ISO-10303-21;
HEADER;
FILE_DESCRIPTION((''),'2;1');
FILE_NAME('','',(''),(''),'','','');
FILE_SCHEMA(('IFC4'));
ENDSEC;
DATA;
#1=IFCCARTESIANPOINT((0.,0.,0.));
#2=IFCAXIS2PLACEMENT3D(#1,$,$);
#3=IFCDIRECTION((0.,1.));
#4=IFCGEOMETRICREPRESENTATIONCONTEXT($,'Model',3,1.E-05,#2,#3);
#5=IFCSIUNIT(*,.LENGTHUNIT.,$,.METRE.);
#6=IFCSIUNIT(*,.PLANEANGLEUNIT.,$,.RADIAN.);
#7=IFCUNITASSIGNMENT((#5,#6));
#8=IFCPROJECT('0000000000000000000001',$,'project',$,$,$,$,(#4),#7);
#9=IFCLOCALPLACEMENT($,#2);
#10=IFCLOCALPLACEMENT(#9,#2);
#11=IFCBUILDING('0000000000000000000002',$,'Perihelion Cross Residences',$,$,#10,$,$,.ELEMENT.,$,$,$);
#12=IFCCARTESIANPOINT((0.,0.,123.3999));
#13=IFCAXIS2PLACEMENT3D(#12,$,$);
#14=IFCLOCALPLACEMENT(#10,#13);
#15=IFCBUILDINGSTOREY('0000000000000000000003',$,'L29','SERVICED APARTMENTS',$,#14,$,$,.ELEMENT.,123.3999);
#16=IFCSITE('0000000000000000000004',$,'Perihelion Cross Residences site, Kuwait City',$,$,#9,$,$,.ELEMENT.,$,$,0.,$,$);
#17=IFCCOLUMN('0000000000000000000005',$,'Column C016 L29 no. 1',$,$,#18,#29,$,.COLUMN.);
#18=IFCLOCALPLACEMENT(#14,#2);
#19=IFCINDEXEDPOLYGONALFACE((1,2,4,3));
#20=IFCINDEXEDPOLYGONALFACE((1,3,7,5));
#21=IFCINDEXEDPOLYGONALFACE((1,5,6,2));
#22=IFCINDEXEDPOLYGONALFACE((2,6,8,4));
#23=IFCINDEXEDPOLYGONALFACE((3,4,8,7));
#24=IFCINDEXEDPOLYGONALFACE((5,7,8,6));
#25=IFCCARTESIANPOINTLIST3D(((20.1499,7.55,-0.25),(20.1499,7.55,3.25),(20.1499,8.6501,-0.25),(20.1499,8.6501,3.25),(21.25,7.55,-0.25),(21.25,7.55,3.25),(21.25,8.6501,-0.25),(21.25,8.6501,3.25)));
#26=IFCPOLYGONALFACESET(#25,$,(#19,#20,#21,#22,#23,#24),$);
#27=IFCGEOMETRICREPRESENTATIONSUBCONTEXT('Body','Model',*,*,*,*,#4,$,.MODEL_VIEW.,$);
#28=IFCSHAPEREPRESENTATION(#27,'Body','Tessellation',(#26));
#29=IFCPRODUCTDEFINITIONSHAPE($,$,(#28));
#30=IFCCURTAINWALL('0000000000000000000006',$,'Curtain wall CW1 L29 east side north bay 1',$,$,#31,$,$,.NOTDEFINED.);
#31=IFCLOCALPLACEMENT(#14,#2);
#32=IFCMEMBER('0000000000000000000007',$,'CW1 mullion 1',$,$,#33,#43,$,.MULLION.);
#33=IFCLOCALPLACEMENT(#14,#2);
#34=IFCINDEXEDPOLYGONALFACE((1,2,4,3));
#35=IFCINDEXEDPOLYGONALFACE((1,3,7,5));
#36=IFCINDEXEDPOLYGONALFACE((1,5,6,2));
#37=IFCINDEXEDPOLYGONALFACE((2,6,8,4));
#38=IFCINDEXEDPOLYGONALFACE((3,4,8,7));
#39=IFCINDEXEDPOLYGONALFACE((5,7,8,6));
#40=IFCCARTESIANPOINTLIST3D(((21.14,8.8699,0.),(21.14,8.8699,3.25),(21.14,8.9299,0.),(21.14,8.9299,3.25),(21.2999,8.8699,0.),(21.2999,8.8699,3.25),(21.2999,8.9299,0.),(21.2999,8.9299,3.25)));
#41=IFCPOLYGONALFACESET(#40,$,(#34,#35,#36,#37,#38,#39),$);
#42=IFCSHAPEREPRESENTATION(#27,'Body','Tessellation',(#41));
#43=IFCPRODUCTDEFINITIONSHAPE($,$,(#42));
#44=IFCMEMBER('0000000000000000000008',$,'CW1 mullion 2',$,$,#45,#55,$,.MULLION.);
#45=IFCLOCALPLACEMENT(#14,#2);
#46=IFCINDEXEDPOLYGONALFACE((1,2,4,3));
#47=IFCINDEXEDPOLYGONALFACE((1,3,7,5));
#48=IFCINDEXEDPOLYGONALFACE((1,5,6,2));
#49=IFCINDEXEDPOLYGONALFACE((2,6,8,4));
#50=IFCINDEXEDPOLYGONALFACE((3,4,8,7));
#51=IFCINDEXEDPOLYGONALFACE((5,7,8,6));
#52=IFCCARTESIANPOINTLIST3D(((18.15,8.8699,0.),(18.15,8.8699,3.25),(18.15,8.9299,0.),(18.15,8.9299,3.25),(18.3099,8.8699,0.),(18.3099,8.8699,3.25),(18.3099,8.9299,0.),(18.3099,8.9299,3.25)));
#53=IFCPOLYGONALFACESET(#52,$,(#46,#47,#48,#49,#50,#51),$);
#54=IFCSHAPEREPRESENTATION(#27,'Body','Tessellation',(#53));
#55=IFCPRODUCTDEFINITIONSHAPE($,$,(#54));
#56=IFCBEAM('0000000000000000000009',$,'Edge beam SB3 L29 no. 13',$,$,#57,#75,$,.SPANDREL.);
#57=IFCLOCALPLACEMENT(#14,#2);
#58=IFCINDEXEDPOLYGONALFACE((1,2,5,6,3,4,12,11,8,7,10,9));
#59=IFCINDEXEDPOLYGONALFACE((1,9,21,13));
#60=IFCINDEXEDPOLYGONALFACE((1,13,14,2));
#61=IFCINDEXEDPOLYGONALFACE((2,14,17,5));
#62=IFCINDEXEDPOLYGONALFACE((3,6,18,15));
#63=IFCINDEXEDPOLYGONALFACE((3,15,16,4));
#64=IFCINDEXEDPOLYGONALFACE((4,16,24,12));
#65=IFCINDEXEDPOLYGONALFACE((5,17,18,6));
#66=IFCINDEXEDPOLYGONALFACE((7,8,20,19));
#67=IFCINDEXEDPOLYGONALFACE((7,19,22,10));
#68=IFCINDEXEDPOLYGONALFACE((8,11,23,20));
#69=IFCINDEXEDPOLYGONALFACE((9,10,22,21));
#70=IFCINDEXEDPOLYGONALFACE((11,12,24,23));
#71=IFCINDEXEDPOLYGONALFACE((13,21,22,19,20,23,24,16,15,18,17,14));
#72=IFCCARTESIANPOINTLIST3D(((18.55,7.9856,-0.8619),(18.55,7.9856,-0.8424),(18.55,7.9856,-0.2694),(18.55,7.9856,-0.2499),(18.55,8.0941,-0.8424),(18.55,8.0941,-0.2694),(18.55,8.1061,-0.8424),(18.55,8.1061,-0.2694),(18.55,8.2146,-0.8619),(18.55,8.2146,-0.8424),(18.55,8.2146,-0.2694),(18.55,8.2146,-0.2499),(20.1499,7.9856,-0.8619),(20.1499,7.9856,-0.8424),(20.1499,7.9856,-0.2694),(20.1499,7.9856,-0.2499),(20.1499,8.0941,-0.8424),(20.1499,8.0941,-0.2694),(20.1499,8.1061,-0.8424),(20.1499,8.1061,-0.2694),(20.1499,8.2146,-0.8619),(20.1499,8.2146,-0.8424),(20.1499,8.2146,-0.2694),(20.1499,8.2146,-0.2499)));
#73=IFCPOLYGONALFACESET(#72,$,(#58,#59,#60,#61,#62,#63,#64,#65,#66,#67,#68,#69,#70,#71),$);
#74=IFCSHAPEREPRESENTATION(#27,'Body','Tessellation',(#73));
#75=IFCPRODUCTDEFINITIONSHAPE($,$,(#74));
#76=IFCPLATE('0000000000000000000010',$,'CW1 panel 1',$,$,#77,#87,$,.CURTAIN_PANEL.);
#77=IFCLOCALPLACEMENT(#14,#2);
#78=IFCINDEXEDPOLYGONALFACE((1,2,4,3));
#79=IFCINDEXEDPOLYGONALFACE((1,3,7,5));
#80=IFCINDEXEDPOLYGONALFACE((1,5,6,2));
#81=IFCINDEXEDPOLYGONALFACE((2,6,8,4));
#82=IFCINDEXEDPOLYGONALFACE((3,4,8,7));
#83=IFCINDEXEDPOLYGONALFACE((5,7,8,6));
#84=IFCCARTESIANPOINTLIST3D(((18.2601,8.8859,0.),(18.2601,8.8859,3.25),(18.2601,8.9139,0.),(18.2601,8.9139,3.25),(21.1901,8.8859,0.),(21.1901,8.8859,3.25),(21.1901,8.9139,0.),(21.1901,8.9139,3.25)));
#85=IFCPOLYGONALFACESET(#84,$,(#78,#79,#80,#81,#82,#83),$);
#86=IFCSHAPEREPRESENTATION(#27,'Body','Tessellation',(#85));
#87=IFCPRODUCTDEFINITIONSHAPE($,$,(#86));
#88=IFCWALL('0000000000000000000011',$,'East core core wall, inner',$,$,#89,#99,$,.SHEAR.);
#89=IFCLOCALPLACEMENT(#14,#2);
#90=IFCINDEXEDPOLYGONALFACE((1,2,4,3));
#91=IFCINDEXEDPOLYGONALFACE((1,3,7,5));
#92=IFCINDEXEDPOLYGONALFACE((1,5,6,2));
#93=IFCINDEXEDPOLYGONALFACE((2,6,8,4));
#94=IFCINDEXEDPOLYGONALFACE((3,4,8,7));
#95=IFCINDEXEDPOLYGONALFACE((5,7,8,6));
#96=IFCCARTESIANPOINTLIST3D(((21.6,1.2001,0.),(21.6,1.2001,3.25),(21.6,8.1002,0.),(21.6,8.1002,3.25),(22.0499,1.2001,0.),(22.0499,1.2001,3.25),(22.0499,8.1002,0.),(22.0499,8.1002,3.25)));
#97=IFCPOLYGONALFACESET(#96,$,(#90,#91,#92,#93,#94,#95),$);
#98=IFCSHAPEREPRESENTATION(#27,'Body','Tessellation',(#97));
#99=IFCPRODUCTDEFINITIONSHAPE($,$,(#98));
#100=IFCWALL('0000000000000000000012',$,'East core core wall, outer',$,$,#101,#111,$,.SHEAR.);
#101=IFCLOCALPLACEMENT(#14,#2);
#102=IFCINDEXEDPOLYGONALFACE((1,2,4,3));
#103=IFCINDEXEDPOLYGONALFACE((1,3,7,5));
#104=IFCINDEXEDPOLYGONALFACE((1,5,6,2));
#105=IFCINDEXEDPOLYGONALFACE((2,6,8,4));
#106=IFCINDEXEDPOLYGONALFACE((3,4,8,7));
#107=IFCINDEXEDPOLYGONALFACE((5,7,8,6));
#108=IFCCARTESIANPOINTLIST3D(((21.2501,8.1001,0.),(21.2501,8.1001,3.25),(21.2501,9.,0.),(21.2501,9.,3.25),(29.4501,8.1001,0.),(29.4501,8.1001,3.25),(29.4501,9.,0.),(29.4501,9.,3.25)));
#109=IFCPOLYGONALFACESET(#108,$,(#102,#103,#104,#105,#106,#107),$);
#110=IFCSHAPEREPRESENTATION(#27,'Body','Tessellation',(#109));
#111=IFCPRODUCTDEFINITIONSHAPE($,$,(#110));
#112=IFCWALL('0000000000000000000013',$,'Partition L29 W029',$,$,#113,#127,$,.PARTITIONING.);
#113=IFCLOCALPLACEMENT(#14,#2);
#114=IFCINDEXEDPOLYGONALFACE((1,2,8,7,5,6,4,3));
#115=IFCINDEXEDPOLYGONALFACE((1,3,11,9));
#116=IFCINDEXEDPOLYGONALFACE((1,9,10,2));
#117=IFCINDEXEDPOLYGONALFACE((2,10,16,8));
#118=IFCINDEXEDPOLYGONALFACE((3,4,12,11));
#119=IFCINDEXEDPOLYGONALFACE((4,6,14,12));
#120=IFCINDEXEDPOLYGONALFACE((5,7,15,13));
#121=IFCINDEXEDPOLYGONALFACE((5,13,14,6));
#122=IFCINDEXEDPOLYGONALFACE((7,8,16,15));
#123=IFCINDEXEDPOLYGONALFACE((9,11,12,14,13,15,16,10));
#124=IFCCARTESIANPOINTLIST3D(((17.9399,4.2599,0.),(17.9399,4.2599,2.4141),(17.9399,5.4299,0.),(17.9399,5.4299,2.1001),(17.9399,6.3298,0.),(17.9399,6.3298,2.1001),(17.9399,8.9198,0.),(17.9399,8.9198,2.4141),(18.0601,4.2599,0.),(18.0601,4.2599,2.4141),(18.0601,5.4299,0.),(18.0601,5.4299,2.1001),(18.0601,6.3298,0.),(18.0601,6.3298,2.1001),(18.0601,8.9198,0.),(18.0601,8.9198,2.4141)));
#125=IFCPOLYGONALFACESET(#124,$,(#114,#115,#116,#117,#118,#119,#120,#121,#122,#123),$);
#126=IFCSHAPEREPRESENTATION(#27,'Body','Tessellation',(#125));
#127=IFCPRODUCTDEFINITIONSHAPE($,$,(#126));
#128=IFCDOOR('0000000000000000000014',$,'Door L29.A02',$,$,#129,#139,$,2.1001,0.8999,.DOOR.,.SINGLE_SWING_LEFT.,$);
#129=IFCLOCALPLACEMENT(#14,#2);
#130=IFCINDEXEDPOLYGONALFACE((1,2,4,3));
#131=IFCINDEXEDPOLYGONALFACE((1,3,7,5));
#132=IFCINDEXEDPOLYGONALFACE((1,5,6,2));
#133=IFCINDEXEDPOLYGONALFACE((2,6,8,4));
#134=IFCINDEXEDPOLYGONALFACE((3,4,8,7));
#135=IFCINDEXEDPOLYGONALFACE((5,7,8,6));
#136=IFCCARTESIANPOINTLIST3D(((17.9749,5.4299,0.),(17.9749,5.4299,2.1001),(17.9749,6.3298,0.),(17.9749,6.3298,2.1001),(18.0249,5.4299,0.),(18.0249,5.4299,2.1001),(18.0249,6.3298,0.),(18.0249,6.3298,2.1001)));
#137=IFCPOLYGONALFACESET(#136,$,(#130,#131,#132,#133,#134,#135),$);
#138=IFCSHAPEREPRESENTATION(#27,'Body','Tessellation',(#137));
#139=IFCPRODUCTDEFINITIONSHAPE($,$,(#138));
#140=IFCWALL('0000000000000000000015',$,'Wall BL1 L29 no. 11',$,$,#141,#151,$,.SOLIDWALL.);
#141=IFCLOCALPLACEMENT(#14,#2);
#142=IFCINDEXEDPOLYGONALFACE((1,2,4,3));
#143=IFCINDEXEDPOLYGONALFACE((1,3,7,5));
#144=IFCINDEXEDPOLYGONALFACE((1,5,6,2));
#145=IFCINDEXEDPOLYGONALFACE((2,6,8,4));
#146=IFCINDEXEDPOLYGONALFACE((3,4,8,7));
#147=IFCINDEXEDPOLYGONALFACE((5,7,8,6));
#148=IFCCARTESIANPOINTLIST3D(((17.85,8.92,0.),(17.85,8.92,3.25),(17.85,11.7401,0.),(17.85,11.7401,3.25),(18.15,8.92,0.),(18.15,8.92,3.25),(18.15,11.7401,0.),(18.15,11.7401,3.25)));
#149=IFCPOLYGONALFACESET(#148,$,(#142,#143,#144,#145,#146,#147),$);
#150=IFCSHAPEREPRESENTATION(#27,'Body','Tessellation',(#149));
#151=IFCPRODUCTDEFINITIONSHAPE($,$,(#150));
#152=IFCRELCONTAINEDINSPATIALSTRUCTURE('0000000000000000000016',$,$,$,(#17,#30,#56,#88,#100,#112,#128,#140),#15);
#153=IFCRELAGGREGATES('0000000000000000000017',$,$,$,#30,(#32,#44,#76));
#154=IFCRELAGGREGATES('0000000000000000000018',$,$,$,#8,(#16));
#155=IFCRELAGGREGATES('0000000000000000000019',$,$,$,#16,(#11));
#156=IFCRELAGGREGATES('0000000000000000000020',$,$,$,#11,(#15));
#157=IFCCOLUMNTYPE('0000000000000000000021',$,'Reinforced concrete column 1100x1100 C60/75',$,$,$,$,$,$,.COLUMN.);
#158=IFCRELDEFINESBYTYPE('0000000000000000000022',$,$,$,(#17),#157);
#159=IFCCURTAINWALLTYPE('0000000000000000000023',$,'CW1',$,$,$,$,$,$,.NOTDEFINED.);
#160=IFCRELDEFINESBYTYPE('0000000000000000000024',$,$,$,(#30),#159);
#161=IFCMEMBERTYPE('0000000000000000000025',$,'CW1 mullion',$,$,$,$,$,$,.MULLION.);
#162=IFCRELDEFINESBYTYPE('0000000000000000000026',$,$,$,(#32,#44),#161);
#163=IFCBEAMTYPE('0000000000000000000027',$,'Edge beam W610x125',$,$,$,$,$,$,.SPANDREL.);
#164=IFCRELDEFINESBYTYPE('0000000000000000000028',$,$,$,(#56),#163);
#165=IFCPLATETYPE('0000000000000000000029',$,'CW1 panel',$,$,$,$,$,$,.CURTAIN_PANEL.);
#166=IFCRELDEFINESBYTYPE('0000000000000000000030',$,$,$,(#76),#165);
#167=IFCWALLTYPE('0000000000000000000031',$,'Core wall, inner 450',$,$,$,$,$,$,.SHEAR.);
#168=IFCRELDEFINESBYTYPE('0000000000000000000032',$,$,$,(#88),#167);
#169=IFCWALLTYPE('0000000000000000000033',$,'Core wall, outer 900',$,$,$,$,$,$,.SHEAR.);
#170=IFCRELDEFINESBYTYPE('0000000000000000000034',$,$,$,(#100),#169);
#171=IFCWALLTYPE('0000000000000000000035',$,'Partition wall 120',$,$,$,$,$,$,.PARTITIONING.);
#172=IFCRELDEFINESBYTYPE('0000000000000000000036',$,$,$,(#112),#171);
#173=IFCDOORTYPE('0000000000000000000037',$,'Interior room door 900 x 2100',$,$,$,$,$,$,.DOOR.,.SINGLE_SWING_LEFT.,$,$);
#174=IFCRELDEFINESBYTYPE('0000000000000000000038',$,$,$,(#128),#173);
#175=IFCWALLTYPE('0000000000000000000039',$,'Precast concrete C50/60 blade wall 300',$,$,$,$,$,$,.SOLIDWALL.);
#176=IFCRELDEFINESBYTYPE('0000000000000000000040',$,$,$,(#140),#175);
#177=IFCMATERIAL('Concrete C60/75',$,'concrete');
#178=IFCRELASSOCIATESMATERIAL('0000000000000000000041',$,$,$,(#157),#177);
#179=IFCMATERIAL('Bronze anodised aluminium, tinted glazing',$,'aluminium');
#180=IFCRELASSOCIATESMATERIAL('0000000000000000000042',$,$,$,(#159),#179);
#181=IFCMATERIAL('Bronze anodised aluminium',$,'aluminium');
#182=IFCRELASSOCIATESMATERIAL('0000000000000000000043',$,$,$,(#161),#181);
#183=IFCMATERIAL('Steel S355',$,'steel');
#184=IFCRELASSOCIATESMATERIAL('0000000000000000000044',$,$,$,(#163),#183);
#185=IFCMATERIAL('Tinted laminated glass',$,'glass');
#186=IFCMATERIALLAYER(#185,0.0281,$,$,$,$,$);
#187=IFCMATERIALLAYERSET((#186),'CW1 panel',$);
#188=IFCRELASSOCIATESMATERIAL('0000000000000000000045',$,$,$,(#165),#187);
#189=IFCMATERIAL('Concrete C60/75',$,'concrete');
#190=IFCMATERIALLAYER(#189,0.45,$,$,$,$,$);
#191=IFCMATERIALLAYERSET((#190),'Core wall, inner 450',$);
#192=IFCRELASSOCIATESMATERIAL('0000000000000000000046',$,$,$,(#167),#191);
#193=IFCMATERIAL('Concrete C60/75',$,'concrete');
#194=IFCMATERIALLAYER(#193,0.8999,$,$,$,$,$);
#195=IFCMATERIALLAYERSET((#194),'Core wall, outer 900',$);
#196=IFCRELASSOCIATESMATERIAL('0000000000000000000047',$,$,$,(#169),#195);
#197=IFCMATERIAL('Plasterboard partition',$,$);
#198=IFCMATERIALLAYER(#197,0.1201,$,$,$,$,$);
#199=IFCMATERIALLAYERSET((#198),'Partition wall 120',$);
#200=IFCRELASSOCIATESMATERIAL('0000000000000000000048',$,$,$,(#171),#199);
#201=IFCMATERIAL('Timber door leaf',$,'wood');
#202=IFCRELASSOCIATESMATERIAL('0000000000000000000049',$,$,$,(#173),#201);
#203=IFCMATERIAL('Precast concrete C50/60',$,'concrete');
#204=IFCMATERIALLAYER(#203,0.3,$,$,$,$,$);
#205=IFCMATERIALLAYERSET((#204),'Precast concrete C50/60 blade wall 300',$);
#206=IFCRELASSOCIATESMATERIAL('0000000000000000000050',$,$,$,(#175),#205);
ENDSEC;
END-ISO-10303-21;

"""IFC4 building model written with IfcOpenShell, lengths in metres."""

from ifc_helpers import new_model, si_unit, direction, frame, frame_2d, origin, origin_2d, place, context, subcontext, project, spatial, rectangle, i_section, extrude, material, layer, layer_set, material_profile, profile_set, type_object, element, fill, aggregate, save


model = new_model("IFC4")

# Units and contexts
model_context = context("Model", 3, precision=1e-05, world=origin(), true_north=direction((0.0, 1.0)))
body_context = subcontext(model_context, "Body", "Model", "MODEL_VIEW")
ifc_project = project(units=[si_unit("LENGTHUNIT", "METRE"), si_unit("PLANEANGLEUNIT", "RADIAN")], contexts=[model_context])

# Site, building, storey
site_placement = place(None, origin())
site = spatial("IfcSite", under=ifc_project, at=site_placement, Name="Perihelion Cross Residences site, Kuwait City", CompositionType="ELEMENT", RefElevation=0.0)
building_placement = place(site_placement, origin())
building = spatial("IfcBuilding", under=site, at=building_placement, Name="Perihelion Cross Residences", CompositionType="ELEMENT")
storey_placement = place(building_placement, frame((0.0, 0.0, 123.3999)))
storey = spatial("IfcBuildingStorey", under=building, at=storey_placement, Name="L29", Description="SERVICED APARTMENTS", CompositionType="ELEMENT", Elevation=123.3999)

# Column
ifc_material_1 = material(Name="Concrete C60/75", Category="concrete")
ifc_material_profile_1 = material_profile(ifc_material_1, rectangle(XDim=1.1001, YDim=1.1001, at=origin_2d()), Name="RC 1100x1100")
ifc_profile_set_1 = profile_set([ifc_material_profile_1], Name="Concrete C60/75")
column_type = type_object("IfcColumnType", Name="Reinforced concrete column 1100x1100 C60/75", PredefinedType="COLUMN", material=ifc_profile_set_1)
column_placement = place(storey_placement, frame((20.7, 8.1001, -0.25), z_axis=(0.0, 0.0, 1.0), x_axis=(1.0, 0.0, 0.0)))
element("IfcColumn", 1, at=column_placement, inside=storey, type_object=column_type, Name="Column C016 L29 no. 1", PredefinedType="COLUMN", context=body_context, shape_type="SweptSolid", body=[
    extrude(rectangle(XDim=1.1001, YDim=1.1001, at=origin_2d()), origin(), (0.0, 0.0, 1.0), 3.5),
])

# Curtain wall, members
ifc_material_2 = material(Name="Bronze anodised aluminium, tinted glazing", Category="aluminium")
curtain_wall_type = type_object("IfcCurtainWallType", Name="CW1", PredefinedType="NOTDEFINED", material=ifc_material_2)
curtain_wall_placement = place(storey_placement, origin())
curtain_wall = element("IfcCurtainWall", 2, at=curtain_wall_placement, inside=storey, type_object=curtain_wall_type, Name="Curtain wall CW1 L29 east side north bay 1", PredefinedType="NOTDEFINED")
ifc_material_3 = material(Name="Bronze anodised aluminium", Category="aluminium")
ifc_material_profile_2 = material_profile(ifc_material_3, rectangle(XDim=0.0601, YDim=0.1599, at=origin_2d()), Name="CW1 mullion")
ifc_profile_set_2 = profile_set([ifc_material_profile_2], Name="Bronze anodised aluminium")
member_type = type_object("IfcMemberType", Name="CW1 mullion", PredefinedType="MULLION", material=ifc_profile_set_2)
member_1_placement = place(storey_placement, frame((21.22, 8.8999, 0.0), z_axis=(0.0, 0.0, 1.0), x_axis=(0.0, -1.0, 0.0)))
member_1 = element("IfcMember", 3, at=member_1_placement, type_object=member_type, Name="CW1 mullion 1", PredefinedType="MULLION", context=body_context, shape_type="SweptSolid", body=[
    extrude(rectangle(XDim=0.0601, YDim=0.1599, at=origin_2d()), origin(), (0.0, 0.0, 1.0), 3.25),
])
member_2_placement = place(storey_placement, frame((18.23, 8.8999, 0.0), z_axis=(0.0, 0.0, 1.0), x_axis=(0.0, -1.0, 0.0)))
member_2 = element("IfcMember", 4, at=member_2_placement, type_object=member_type, Name="CW1 mullion 2", PredefinedType="MULLION", context=body_context, shape_type="SweptSolid", body=[
    extrude(rectangle(XDim=0.0601, YDim=0.1599, at=origin_2d()), origin(), (0.0, 0.0, 1.0), 3.25),
])

# Beam
ifc_material_4 = material(Name="Steel S355", Category="steel")
ifc_material_profile_3 = material_profile(ifc_material_4, i_section(OverallWidth=0.229, OverallDepth=0.6121, WebThickness=0.012, FlangeThickness=0.0195, at=origin_2d()), Name="W610x125")
ifc_profile_set_3 = profile_set([ifc_material_profile_3], Name="Steel S355")
beam_type = type_object("IfcBeamType", Name="Edge beam W610x125", PredefinedType="SPANDREL", material=ifc_profile_set_3)
beam_placement = place(storey_placement, frame((20.1499, 8.1001, -0.5559), z_axis=(-1.0, 0.0, 0.0), x_axis=(0.0, -1.0, 0.0)))
element("IfcBeam", 5, at=beam_placement, inside=storey, type_object=beam_type, Name="Edge beam SB3 L29 no. 13", PredefinedType="SPANDREL", context=body_context, shape_type="SweptSolid", body=[
    extrude(i_section(OverallWidth=0.229, OverallDepth=0.6121, WebThickness=0.012, FlangeThickness=0.0195, at=origin_2d()), origin(), (0.0, 0.0, 1.0), 1.5999),
])

# Plate
ifc_material_5 = material(Name="Tinted laminated glass", Category="glass")
ifc_layer_1 = layer(ifc_material_5, 0.0281)
ifc_layer_set_1 = layer_set([ifc_layer_1], Name="CW1 panel")
plate_type = type_object("IfcPlateType", Name="CW1 panel", PredefinedType="CURTAIN_PANEL", material=ifc_layer_set_1)
plate_placement = place(storey_placement, frame((19.7251, 8.8999, 0.0), z_axis=(0.0, 0.0, 1.0), x_axis=(-1.0, 0.0, 0.0)))
plate = element("IfcPlate", 6, at=plate_placement, type_object=plate_type, Name="CW1 panel 1", PredefinedType="CURTAIN_PANEL", context=body_context, shape_type="SweptSolid", body=[
    extrude(rectangle(XDim=2.9299, YDim=0.0281, at=origin_2d()), origin(), (0.0, 0.0, 1.0), 3.25),
])
aggregate(curtain_wall, [member_1, member_2, plate])

# Walls
ifc_material_6 = material(Name="Concrete C60/75", Category="concrete")
ifc_layer_2 = layer(ifc_material_6, 0.45)
ifc_layer_set_2 = layer_set([ifc_layer_2], Name="Core wall, inner 450")
wall_type_1 = type_object("IfcWallType", Name="Core wall, inner 450", PredefinedType="SHEAR", material=ifc_layer_set_2)
wall_1_placement = place(storey_placement, frame((21.825, 1.2, 0.0), z_axis=(0.0, 0.0, 1.0), x_axis=(0.0, 1.0, 0.0)))
element("IfcWall", 7, at=wall_1_placement, inside=storey, type_object=wall_type_1, Name="East core core wall, inner", PredefinedType="SHEAR", context=body_context, shape_type="SweptSolid", body=[
    extrude(rectangle(XDim=6.9001, YDim=0.45, at=frame_2d((3.4502, 0.0))), origin(), (0.0, 0.0, 1.0), 3.25),
])
ifc_material_7 = material(Name="Concrete C60/75", Category="concrete")
ifc_layer_3 = layer(ifc_material_7, 0.8999)
ifc_layer_set_3 = layer_set([ifc_layer_3], Name="Core wall, outer 900")
wall_type_2 = type_object("IfcWallType", Name="Core wall, outer 900", PredefinedType="SHEAR", material=ifc_layer_set_3)
wall_2_placement = place(storey_placement, frame((21.25, 8.55, 0.0), z_axis=(0.0, 0.0, 1.0), x_axis=(1.0, 0.0, 0.0)))
element("IfcWall", 8, at=wall_2_placement, inside=storey, type_object=wall_type_2, Name="East core core wall, outer", PredefinedType="SHEAR", context=body_context, shape_type="SweptSolid", body=[
    extrude(rectangle(XDim=8.2, YDim=0.8999, at=frame_2d((4.1001, 0.0))), origin(), (0.0, 0.0, 1.0), 3.25),
])

# Wall, opening, door
ifc_material_8 = material(Name="Plasterboard partition")
ifc_layer_4 = layer(ifc_material_8, 0.1201)
ifc_layer_set_4 = layer_set([ifc_layer_4], Name="Partition wall 120")
wall_type_3 = type_object("IfcWallType", Name="Partition wall 120", PredefinedType="PARTITIONING", material=ifc_layer_set_4)
wall_3_placement = place(storey_placement, frame((18.0, 8.9199, 0.0), z_axis=(0.0, 0.0, 1.0), x_axis=(0.0, -1.0, 0.0)))
wall_3 = element("IfcWall", 9, at=wall_3_placement, inside=storey, type_object=wall_type_3, Name="Partition L29 W029", PredefinedType="PARTITIONING", context=body_context, shape_type="SweptSolid", body=[
    extrude(rectangle(XDim=4.6599, YDim=0.1201, at=frame_2d((2.3301, 0.0))), origin(), (0.0, 0.0, 1.0), 2.4141),
])
opening_1_placement = place(wall_3_placement, frame((2.5901, 0.0, 0.0)))
opening_1 = element("IfcOpeningElement", 10, at=opening_1_placement, cuts=wall_3, PredefinedType="OPENING", context=body_context, shape_type="SweptSolid", body=[
    extrude(rectangle(XDim=0.8999, YDim=2.1001, at=frame_2d((0.45, 1.05))), frame((0.0, 0.0701, 0.0), z_axis=(0.0, -1.0, 0.0), x_axis=(1.0, 0.0, 0.0)), (0.0, 0.0, 1.0), 0.1401),
])
ifc_material_9 = material(Name="Timber door leaf", Category="wood")
door_type_1 = type_object("IfcDoorType", Name="Interior room door 900 x 2100", OperationType="SINGLE_SWING_LEFT", PredefinedType="DOOR", material=ifc_material_9)
door_1_placement = place(opening_1_placement, origin())
door_1 = element("IfcDoor", 11, at=door_1_placement, inside=storey, type_object=door_type_1, Name="Door L29.A02", OperationType="SINGLE_SWING_LEFT", OverallHeight=2.1001, OverallWidth=0.8999, PredefinedType="DOOR", context=body_context, shape_type="SweptSolid", body=[
    extrude(rectangle(XDim=0.8999, YDim=2.1001, at=frame_2d((0.45, 1.05))), frame((0.0, 0.0249, 0.0), z_axis=(0.0, -1.0, 0.0), x_axis=(1.0, 0.0, 0.0)), (0.0, 0.0, 1.0), 0.05),
])
fill(opening_1, door_1)

# Wall
ifc_material_10 = material(Name="Precast concrete C50/60", Category="concrete")
ifc_layer_5 = layer(ifc_material_10, 0.3)
ifc_layer_set_5 = layer_set([ifc_layer_5], Name="Precast concrete C50/60 blade wall 300")
wall_type_4 = type_object("IfcWallType", Name="Precast concrete C50/60 blade wall 300", PredefinedType="SOLIDWALL", material=ifc_layer_set_5)
wall_4_placement = place(storey_placement, frame((18.0, 8.9199, 0.0), z_axis=(0.0, 0.0, 1.0), x_axis=(0.0, 1.0, 0.0)))
element("IfcWall", 12, at=wall_4_placement, inside=storey, type_object=wall_type_4, Name="Wall BL1 L29 no. 11", PredefinedType="SOLIDWALL", context=body_context, shape_type="SweptSolid", body=[
    extrude(rectangle(XDim=2.8201, YDim=0.3, at=frame_2d((1.4102, 0.0))), origin(), (0.0, 0.0, 1.0), 3.25),
])

save(model, "model.ifc")
